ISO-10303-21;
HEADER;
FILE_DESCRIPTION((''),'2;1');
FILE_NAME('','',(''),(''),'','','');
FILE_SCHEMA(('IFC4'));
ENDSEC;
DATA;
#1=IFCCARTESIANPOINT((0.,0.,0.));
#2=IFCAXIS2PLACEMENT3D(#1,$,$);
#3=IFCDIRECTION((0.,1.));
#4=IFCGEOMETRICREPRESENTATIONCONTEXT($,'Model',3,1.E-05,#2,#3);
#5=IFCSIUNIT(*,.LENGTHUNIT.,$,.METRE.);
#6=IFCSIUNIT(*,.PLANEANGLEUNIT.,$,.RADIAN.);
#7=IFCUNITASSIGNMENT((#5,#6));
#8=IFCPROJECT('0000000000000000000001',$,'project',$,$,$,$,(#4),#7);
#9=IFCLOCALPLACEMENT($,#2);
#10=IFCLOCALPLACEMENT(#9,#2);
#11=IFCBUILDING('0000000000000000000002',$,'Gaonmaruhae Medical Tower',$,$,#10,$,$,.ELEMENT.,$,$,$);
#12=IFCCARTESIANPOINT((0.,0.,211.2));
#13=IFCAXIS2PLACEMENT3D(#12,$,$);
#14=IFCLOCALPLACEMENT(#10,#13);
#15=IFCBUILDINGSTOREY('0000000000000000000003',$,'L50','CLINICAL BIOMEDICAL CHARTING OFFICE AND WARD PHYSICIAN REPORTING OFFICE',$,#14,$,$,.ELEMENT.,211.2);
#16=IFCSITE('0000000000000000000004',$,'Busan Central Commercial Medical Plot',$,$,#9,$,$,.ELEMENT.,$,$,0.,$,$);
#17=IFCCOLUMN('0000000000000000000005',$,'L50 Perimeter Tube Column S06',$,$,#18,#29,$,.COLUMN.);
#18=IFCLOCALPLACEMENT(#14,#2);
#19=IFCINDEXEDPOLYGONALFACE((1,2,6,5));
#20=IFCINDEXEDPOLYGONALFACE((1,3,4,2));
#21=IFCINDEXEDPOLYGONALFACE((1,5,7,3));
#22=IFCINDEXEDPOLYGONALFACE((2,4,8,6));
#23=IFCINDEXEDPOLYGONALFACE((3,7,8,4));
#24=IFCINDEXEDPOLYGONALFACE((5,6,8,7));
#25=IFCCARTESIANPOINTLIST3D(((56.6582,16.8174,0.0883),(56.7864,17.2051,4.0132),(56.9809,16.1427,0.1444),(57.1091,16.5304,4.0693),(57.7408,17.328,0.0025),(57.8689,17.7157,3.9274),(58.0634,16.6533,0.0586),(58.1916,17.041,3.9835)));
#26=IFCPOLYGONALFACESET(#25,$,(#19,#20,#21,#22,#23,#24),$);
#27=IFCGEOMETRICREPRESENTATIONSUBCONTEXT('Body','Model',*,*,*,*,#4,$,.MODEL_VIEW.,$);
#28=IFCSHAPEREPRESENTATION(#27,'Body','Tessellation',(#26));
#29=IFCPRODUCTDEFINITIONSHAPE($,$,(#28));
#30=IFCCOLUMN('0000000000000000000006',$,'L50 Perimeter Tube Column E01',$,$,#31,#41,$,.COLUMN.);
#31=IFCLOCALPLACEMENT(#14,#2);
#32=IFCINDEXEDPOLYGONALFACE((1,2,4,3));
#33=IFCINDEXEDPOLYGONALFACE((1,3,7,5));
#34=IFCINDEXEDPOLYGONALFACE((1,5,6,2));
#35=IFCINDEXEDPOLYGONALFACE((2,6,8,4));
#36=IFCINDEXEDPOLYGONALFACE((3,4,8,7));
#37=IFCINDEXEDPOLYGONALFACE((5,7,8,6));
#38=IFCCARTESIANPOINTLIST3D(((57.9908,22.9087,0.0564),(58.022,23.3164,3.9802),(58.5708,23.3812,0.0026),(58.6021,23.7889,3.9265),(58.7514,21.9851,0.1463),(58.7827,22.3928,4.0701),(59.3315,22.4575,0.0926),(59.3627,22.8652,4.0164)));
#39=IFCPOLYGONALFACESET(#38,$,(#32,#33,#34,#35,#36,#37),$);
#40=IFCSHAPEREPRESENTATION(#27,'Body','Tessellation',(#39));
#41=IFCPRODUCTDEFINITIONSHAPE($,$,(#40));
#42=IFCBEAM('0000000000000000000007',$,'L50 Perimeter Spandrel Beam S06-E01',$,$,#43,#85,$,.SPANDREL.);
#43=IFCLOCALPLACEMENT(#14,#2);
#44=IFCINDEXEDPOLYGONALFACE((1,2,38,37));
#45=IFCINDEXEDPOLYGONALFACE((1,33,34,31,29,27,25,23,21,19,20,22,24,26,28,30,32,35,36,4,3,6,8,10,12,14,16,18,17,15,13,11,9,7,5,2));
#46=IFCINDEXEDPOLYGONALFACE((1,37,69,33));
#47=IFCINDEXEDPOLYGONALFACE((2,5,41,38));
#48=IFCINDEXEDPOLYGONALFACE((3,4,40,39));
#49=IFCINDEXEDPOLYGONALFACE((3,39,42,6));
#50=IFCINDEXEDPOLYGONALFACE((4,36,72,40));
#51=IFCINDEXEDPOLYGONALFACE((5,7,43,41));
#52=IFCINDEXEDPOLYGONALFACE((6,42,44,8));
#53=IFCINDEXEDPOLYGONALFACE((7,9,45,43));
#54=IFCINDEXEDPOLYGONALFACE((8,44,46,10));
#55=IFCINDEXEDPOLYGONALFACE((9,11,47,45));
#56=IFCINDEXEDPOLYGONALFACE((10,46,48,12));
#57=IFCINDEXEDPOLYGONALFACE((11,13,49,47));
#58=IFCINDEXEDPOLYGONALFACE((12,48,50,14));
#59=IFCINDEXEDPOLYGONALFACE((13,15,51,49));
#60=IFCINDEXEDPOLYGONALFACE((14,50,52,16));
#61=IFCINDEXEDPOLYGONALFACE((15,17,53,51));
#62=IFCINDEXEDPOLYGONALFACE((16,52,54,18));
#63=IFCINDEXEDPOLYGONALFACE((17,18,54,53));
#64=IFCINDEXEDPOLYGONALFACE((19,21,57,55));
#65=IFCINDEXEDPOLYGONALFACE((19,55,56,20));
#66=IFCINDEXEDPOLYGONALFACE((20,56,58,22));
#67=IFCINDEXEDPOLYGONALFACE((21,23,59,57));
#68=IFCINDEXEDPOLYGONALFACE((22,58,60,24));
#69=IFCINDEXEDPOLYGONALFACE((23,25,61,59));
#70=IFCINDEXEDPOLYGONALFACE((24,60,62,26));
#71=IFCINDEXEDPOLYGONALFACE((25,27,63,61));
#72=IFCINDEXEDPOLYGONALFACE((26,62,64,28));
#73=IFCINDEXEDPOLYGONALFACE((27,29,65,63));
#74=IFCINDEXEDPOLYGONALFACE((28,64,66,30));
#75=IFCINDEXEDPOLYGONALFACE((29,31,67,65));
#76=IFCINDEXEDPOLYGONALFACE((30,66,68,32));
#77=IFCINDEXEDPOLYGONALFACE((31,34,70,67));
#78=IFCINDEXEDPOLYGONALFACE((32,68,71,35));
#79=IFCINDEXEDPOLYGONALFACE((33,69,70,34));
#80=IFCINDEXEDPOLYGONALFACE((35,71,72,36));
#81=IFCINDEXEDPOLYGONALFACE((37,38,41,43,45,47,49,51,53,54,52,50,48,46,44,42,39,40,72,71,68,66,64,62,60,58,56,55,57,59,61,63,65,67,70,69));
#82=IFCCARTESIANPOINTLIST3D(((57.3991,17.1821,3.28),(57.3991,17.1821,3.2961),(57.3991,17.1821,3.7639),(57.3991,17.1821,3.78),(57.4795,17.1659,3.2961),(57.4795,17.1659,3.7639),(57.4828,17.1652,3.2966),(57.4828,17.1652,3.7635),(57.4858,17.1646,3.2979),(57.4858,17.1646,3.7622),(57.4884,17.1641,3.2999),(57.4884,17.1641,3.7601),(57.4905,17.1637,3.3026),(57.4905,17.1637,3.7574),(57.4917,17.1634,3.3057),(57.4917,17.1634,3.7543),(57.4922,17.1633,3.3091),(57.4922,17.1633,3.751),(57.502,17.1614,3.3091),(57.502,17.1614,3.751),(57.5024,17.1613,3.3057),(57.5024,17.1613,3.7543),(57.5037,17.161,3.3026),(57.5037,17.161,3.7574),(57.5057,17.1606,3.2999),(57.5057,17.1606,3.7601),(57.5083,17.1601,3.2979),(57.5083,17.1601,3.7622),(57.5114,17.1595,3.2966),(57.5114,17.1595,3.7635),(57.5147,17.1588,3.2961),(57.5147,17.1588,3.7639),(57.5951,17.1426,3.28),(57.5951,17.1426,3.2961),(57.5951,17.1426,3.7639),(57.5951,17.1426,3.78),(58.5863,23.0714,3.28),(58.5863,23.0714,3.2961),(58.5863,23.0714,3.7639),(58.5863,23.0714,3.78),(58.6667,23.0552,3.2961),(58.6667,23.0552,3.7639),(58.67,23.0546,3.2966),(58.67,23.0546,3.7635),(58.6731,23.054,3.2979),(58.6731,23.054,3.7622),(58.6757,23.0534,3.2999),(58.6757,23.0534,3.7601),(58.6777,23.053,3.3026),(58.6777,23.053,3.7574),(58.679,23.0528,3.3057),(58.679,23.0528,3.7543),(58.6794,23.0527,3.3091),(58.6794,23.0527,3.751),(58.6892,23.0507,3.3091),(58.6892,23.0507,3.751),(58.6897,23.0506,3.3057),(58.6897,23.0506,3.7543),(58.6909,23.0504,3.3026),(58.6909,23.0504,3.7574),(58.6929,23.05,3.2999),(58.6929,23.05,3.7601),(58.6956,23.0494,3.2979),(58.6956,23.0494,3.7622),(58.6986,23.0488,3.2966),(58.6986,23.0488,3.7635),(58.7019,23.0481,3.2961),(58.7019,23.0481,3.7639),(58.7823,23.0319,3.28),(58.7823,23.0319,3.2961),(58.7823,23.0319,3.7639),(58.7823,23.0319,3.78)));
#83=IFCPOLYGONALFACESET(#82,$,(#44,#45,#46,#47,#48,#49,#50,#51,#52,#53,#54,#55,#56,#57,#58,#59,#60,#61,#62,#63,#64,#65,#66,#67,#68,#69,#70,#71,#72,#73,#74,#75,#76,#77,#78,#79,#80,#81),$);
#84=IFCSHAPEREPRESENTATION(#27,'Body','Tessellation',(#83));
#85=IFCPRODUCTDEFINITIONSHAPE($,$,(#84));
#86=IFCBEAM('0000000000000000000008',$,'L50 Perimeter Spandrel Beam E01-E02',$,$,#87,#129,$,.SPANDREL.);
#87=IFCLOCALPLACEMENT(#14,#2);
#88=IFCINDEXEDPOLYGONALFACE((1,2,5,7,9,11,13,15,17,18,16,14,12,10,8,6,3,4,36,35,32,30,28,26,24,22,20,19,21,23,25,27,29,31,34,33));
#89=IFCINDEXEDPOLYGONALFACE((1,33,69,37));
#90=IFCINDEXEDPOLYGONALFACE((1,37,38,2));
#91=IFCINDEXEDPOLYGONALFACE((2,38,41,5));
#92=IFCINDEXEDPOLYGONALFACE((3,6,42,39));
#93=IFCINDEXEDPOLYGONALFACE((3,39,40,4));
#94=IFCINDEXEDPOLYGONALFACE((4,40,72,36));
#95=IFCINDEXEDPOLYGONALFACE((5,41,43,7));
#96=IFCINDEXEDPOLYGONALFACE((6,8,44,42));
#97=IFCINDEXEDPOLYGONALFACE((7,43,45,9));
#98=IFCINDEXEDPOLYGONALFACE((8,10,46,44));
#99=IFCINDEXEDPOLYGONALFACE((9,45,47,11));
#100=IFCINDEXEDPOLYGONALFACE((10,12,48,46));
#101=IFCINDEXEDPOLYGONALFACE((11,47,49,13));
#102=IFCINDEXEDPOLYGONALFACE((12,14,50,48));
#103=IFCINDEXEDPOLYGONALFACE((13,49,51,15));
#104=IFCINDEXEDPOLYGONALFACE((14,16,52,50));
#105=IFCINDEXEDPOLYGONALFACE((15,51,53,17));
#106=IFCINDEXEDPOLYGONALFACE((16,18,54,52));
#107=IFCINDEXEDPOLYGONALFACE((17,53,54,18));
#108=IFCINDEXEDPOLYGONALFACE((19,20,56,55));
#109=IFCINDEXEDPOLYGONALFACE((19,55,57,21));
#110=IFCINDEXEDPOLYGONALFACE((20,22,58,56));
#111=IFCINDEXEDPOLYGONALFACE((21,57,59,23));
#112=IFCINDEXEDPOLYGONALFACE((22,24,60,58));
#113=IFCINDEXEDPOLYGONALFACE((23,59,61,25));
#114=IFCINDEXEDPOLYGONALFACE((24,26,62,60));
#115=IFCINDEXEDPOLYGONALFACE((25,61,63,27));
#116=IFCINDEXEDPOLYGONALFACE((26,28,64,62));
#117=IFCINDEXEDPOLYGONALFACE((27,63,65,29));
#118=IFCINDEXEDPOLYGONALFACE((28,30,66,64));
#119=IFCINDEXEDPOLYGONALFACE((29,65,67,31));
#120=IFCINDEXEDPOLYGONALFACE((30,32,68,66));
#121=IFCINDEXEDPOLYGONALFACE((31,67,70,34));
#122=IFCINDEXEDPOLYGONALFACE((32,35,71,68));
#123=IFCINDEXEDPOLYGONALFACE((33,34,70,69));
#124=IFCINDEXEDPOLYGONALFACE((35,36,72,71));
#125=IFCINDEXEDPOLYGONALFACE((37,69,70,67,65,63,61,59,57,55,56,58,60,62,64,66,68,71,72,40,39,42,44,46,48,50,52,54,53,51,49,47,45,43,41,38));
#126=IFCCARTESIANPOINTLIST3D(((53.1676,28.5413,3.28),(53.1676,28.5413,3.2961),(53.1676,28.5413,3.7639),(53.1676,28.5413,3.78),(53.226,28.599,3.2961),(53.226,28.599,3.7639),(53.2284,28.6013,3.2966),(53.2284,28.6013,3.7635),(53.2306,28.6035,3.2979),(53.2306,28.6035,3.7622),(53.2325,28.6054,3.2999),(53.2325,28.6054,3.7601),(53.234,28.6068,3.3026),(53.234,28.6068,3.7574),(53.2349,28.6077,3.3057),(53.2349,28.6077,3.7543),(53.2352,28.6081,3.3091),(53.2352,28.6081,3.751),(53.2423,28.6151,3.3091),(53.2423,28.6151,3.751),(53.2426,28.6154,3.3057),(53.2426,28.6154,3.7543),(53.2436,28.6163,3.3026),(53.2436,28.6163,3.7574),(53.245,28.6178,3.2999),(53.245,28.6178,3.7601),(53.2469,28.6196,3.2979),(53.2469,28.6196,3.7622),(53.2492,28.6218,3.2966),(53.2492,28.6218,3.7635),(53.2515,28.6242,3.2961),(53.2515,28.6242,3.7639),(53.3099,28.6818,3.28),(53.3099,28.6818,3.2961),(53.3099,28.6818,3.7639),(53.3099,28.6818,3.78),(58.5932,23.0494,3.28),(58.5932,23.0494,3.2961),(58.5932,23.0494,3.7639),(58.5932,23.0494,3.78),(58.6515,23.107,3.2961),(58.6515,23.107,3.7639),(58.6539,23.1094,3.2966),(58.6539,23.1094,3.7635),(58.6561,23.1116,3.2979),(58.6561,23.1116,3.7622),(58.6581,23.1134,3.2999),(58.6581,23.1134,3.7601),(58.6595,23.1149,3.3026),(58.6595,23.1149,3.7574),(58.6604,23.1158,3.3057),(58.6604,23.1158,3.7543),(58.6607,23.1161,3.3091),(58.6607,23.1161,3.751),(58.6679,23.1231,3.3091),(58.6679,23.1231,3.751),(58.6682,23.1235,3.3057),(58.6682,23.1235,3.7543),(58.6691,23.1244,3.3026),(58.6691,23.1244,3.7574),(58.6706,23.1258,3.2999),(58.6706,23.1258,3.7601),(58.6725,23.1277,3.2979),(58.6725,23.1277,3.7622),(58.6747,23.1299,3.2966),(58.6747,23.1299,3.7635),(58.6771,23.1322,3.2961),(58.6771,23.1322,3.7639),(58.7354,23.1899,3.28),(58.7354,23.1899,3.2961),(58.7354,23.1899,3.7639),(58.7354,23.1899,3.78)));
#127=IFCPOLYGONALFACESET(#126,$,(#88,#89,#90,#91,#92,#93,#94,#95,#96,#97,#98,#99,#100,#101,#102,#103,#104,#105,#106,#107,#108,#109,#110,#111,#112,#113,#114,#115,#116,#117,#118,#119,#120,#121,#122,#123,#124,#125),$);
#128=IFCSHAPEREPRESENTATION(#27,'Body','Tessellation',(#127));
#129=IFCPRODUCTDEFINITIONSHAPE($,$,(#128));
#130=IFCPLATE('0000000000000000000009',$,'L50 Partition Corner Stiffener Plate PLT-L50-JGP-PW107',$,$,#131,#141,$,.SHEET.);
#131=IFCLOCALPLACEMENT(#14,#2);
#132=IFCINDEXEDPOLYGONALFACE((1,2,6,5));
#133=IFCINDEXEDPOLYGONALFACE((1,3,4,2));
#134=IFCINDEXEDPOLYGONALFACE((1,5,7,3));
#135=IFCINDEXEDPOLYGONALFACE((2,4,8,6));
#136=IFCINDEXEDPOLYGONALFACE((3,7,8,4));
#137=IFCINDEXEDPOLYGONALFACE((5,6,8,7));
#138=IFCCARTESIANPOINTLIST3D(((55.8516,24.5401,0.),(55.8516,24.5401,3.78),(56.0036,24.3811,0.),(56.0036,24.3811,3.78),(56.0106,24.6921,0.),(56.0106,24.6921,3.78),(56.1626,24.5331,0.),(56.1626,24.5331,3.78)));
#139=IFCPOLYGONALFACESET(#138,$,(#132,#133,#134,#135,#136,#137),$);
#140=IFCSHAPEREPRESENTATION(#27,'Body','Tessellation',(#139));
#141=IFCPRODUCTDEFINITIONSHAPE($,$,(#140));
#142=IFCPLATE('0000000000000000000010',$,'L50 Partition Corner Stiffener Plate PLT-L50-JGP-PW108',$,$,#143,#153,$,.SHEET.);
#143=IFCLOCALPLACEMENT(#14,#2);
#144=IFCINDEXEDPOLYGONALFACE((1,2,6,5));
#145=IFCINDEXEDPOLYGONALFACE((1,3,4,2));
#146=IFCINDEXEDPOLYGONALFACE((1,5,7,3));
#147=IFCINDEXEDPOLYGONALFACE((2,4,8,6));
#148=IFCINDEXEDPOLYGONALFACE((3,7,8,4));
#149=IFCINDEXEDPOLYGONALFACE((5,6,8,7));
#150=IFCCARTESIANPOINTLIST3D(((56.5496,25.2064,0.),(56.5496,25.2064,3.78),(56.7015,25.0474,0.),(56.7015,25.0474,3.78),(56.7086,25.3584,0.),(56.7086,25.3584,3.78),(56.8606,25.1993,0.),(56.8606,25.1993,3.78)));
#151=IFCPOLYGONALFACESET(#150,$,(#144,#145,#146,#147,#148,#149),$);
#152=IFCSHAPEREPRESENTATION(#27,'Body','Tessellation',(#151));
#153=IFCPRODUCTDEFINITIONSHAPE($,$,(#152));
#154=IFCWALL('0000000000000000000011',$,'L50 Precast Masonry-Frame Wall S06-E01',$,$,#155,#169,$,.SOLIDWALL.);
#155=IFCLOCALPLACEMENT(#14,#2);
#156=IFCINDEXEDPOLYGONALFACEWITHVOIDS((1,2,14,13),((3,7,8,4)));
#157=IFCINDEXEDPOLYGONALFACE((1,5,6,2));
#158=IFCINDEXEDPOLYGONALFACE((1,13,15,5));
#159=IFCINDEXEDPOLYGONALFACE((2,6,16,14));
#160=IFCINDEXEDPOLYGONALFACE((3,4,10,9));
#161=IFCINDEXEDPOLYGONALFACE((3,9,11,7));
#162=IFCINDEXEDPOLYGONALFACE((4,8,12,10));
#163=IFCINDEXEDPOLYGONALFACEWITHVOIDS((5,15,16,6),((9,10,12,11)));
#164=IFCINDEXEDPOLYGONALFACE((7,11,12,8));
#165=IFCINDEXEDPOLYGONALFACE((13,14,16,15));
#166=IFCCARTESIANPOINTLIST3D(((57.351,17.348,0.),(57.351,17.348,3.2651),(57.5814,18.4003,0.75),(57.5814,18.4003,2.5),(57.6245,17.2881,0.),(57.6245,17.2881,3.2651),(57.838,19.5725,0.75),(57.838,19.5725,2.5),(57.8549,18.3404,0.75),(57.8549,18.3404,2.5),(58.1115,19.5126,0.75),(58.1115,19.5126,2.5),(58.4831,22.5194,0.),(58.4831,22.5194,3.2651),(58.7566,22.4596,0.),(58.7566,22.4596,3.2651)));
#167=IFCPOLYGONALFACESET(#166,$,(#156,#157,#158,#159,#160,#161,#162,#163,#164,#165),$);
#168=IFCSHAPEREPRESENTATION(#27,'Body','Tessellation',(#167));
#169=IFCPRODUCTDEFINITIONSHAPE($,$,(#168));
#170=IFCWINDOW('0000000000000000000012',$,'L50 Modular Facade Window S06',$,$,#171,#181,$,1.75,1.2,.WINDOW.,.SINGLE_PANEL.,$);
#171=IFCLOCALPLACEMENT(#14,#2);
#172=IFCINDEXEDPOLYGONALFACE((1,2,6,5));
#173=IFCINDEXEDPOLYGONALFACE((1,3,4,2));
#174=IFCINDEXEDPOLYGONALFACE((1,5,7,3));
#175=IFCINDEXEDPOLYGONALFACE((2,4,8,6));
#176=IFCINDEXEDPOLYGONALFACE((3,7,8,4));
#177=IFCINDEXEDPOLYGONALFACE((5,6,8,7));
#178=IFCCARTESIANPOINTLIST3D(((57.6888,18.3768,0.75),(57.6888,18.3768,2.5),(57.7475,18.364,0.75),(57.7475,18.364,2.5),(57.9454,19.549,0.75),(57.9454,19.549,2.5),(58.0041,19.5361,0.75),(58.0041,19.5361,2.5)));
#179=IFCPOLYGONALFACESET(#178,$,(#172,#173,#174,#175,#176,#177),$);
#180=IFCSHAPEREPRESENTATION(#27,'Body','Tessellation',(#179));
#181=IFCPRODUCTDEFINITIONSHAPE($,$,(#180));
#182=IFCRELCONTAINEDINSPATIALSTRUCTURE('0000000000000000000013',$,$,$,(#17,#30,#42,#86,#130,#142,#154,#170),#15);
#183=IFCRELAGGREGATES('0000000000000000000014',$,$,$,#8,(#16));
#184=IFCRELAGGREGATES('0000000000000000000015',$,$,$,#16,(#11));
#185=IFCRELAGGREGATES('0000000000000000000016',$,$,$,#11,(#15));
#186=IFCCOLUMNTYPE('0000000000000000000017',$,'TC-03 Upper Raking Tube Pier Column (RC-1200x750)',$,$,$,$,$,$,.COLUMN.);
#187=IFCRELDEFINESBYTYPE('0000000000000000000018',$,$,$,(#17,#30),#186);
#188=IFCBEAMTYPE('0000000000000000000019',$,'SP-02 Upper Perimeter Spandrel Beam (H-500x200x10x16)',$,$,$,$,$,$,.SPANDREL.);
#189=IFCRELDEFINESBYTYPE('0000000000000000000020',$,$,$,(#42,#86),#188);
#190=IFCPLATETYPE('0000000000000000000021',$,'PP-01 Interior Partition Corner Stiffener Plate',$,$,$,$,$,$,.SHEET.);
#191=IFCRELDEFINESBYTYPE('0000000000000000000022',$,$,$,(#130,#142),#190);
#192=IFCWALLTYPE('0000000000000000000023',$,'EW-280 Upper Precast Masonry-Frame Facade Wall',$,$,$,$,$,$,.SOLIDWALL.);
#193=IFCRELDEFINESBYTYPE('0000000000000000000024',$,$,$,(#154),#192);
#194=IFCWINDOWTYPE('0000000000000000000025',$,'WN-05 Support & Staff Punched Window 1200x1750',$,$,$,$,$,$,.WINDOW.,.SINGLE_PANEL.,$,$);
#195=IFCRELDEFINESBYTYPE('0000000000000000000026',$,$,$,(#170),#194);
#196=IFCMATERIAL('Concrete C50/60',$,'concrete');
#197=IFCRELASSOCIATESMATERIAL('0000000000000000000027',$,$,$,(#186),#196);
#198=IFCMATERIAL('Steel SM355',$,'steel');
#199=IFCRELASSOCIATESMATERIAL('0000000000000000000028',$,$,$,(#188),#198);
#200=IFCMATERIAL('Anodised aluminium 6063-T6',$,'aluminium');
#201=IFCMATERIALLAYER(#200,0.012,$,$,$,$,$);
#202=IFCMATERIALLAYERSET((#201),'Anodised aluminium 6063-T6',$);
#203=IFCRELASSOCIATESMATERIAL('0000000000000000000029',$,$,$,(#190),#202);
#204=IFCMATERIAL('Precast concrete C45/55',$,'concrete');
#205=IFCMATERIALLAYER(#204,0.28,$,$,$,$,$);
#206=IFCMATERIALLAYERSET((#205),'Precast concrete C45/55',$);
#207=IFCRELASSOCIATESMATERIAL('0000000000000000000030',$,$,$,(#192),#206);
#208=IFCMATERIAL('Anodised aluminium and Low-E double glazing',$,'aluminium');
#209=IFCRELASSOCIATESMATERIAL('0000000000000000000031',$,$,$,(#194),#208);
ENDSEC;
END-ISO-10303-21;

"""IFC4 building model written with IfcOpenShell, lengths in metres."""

from ifc_helpers import new_model, si_unit, direction, frame, frame_2d, origin, origin_2d, place, context, subcontext, project, spatial, rectangle, i_section, extrude, material, layer, layer_set, material_profile, profile_set, type_object, element, fill, save


model = new_model("IFC4")

# Units and contexts
model_context = context("Model", 3, precision=1e-05, world=origin(), true_north=direction((0.0, 1.0)))
body_context = subcontext(model_context, "Body", "Model", "MODEL_VIEW")
ifc_project = project(units=[si_unit("LENGTHUNIT", "METRE"), si_unit("PLANEANGLEUNIT", "RADIAN")], contexts=[model_context])

# Site, building, storey
site_placement = place(None, origin())
site = spatial("IfcSite", under=ifc_project, at=site_placement, Name="Busan Central Commercial Medical Plot", CompositionType="ELEMENT", RefElevation=0.0)
building_placement = place(site_placement, origin())
building = spatial("IfcBuilding", under=site, at=building_placement, Name="Gaonmaruhae Medical Tower", CompositionType="ELEMENT")
storey_placement = place(building_placement, frame((0.0, 0.0, 211.2)))
storey = spatial("IfcBuildingStorey", under=building, at=storey_placement, Name="L50", Description="CLINICAL BIOMEDICAL CHARTING OFFICE AND WARD PHYSICIAN REPORTING OFFICE", CompositionType="ELEMENT", Elevation=211.2)

# Columns
ifc_material_1 = material(Name="Concrete C50/60", Category="concrete")
ifc_material_profile_1 = material_profile(ifc_material_1, rectangle(XDim=1.2, YDim=0.75, at=origin_2d()), Name="RC-1200x750")
ifc_profile_set_1 = profile_set([ifc_material_profile_1], Name="Concrete C50/60")
column_type = type_object("IfcColumnType", Name="TC-03 Upper Raking Tube Pier Column (RC-1200x750)", PredefinedType="COLUMN", material=ifc_profile_set_1)
column_1_placement = place(storey_placement, frame((57.3608, 16.7354, 0.0735), z_axis=(0.032482, 0.09825, 0.994631), x_axis=(-0.902127, -0.425506, 0.071493)))
element("IfcColumn", 1, at=column_1_placement, inside=storey, type_object=column_type, Name="L50 Perimeter Tube Column S06", PredefinedType="COLUMN", context=body_context, shape_type="SweptSolid", body=[
    extrude(rectangle(XDim=1.2, YDim=0.75, at=origin_2d()), origin(), (0.0, 0.0, 1.0), 3.946),
])
column_2_placement = place(storey_placement, frame((58.6611, 22.6831, 0.0745), z_axis=(0.007921, 0.103348, 0.994614), x_axis=(0.633909, -0.769769, 0.074936)))
element("IfcColumn", 2, at=column_2_placement, inside=storey, type_object=column_type, Name="L50 Perimeter Tube Column E01", PredefinedType="COLUMN", context=body_context, shape_type="SweptSolid", body=[
    extrude(rectangle(XDim=1.2, YDim=0.75, at=origin_2d()), origin(), (0.0, 0.0, 1.0), 3.9451),
])

# Beams
ifc_material_2 = material(Name="Steel SM355", Category="steel")
ifc_material_profile_2 = material_profile(ifc_material_2, i_section(OverallWidth=0.2, OverallDepth=0.5, WebThickness=0.01, FlangeThickness=0.0161, FilletRadius=0.0129, at=origin_2d()), Name="H-500x200x10x16")
ifc_profile_set_2 = profile_set([ifc_material_profile_2], Name="Steel SM355")
beam_type = type_object("IfcBeamType", Name="SP-02 Upper Perimeter Spandrel Beam (H-500x200x10x16)", PredefinedType="SPANDREL", material=ifc_profile_set_2)
beam_1_placement = place(storey_placement, frame((57.4971, 17.1624, 3.53), z_axis=(0.197616, 0.980279, 0.0), x_axis=(-0.980279, 0.197616, 0.0)))
element("IfcBeam", 3, at=beam_1_placement, inside=storey, type_object=beam_type, Name="L50 Perimeter Spandrel Beam S06-E01", PredefinedType="SPANDREL", context=body_context, shape_type="SweptSolid", body=[
    extrude(i_section(OverallWidth=0.2, OverallDepth=0.5, WebThickness=0.01, FlangeThickness=0.0161, FilletRadius=0.0129, at=origin_2d()), origin(), (0.0, 0.0, 1.0), 6.0078),
])
beam_2_placement = place(storey_placement, frame((58.6643, 23.1196, 3.53), z_axis=(-0.702793, 0.711395, 0.0), x_axis=(-0.711395, -0.702793, 0.0)))
element("IfcBeam", 4, at=beam_2_placement, inside=storey, type_object=beam_type, Name="L50 Perimeter Spandrel Beam E01-E02", PredefinedType="SPANDREL", context=body_context, shape_type="SweptSolid", body=[
    extrude(i_section(OverallWidth=0.2, OverallDepth=0.5, WebThickness=0.01, FlangeThickness=0.0161, FilletRadius=0.0129, at=origin_2d()), origin(), (0.0, 0.0, 1.0), 7.72),
])

# Plates
ifc_material_3 = material(Name="Anodised aluminium 6063-T6", Category="aluminium")
ifc_layer_1 = layer(ifc_material_3, 0.012)
ifc_layer_set_1 = layer_set([ifc_layer_1], Name="Anodised aluminium 6063-T6")
plate_type = type_object("IfcPlateType", Name="PP-01 Interior Partition Corner Stiffener Plate", PredefinedType="SHEET", material=ifc_layer_set_1)
for number, where, z_axis, x_axis, name in (
    (5, (56.0071, 24.5366, 0.0), (0.0, 0.0, 1.0), (0.722871, 0.690983, 0.0), "L50 Partition Corner Stiffener Plate PLT-L50-JGP-PW107"),
    (6, (56.7051, 25.2029, 0.0), (0.0, 0.0, 1.0), (0.723039, 0.690807, 0.0), "L50 Partition Corner Stiffener Plate PLT-L50-JGP-PW108"),
):
    element("IfcPlate", number, at=place(storey_placement, frame(where, z_axis=z_axis, x_axis=x_axis)), inside=storey, type_object=plate_type, Name=name, PredefinedType="SHEET", context=body_context, shape_type="SweptSolid", body=[
        extrude(rectangle(XDim=0.22, YDim=0.22, at=origin_2d()), origin(), (0.0, 0.0, 1.0), 3.78),
    ])

# Wall, opening, window
ifc_material_4 = material(Name="Precast concrete C45/55", Category="concrete")
ifc_layer_2 = layer(ifc_material_4, 0.28)
ifc_layer_set_2 = layer_set([ifc_layer_2], Name="Precast concrete C45/55")
wall_type_1 = type_object("IfcWallType", Name="EW-280 Upper Precast Masonry-Frame Facade Wall", PredefinedType="SOLIDWALL", material=ifc_layer_set_2)
wall_1_placement = place(storey_placement, frame((58.6199, 22.4895, 0.0), z_axis=(0.0, 0.0, 1.0), x_axis=(-0.213848, -0.976867, 0.0)))
wall_1 = element("IfcWall", 7, at=wall_1_placement, inside=storey, type_object=wall_type_1, Name="L50 Precast Masonry-Frame Wall S06-E01", PredefinedType="SOLIDWALL", context=body_context, shape_type="SweptSolid", body=[
    extrude(rectangle(XDim=5.2939, YDim=0.28, at=frame_2d((2.647, 0.0))), origin(), (0.0, 0.0, 1.0), 3.2651),
])
opening_placement = place(wall_1_placement, frame((3.0166, 0.0, 0.75)))
opening = element("IfcOpeningElement", 8, at=opening_placement, cuts=wall_1, PredefinedType="OPENING", context=body_context, shape_type="SweptSolid", body=[
    extrude(rectangle(XDim=1.2, YDim=1.75, at=frame_2d((0.6001, 0.875))), frame((0.0, 0.1499, 0.0), z_axis=(0.0, -1.0, 0.0), x_axis=(1.0, 0.0, 0.0)), (0.0, 0.0, 1.0), 0.3),
])
ifc_material_5 = material(Name="Anodised aluminium and Low-E double glazing", Category="aluminium")
window_type = type_object("IfcWindowType", Name="WN-05 Support & Staff Punched Window 1200x1750", PartitioningType="SINGLE_PANEL", PredefinedType="WINDOW", material=ifc_material_5)
window_placement = place(opening_placement, origin())
window = element("IfcWindow", 9, at=window_placement, inside=storey, type_object=window_type, Name="L50 Modular Facade Window S06", OverallHeight=1.75, OverallWidth=1.2, PartitioningType="SINGLE_PANEL", PredefinedType="WINDOW", context=body_context, shape_type="SweptSolid", body=[
    extrude(rectangle(XDim=1.2, YDim=1.75, at=frame_2d((0.6001, 0.875))), frame((0.0, 0.03, 0.0), z_axis=(0.0, -1.0, 0.0), x_axis=(1.0, 0.0, 0.0)), (0.0, 0.0, 1.0), 0.0601),
])
fill(opening, window)

save(model, "model.ifc")
